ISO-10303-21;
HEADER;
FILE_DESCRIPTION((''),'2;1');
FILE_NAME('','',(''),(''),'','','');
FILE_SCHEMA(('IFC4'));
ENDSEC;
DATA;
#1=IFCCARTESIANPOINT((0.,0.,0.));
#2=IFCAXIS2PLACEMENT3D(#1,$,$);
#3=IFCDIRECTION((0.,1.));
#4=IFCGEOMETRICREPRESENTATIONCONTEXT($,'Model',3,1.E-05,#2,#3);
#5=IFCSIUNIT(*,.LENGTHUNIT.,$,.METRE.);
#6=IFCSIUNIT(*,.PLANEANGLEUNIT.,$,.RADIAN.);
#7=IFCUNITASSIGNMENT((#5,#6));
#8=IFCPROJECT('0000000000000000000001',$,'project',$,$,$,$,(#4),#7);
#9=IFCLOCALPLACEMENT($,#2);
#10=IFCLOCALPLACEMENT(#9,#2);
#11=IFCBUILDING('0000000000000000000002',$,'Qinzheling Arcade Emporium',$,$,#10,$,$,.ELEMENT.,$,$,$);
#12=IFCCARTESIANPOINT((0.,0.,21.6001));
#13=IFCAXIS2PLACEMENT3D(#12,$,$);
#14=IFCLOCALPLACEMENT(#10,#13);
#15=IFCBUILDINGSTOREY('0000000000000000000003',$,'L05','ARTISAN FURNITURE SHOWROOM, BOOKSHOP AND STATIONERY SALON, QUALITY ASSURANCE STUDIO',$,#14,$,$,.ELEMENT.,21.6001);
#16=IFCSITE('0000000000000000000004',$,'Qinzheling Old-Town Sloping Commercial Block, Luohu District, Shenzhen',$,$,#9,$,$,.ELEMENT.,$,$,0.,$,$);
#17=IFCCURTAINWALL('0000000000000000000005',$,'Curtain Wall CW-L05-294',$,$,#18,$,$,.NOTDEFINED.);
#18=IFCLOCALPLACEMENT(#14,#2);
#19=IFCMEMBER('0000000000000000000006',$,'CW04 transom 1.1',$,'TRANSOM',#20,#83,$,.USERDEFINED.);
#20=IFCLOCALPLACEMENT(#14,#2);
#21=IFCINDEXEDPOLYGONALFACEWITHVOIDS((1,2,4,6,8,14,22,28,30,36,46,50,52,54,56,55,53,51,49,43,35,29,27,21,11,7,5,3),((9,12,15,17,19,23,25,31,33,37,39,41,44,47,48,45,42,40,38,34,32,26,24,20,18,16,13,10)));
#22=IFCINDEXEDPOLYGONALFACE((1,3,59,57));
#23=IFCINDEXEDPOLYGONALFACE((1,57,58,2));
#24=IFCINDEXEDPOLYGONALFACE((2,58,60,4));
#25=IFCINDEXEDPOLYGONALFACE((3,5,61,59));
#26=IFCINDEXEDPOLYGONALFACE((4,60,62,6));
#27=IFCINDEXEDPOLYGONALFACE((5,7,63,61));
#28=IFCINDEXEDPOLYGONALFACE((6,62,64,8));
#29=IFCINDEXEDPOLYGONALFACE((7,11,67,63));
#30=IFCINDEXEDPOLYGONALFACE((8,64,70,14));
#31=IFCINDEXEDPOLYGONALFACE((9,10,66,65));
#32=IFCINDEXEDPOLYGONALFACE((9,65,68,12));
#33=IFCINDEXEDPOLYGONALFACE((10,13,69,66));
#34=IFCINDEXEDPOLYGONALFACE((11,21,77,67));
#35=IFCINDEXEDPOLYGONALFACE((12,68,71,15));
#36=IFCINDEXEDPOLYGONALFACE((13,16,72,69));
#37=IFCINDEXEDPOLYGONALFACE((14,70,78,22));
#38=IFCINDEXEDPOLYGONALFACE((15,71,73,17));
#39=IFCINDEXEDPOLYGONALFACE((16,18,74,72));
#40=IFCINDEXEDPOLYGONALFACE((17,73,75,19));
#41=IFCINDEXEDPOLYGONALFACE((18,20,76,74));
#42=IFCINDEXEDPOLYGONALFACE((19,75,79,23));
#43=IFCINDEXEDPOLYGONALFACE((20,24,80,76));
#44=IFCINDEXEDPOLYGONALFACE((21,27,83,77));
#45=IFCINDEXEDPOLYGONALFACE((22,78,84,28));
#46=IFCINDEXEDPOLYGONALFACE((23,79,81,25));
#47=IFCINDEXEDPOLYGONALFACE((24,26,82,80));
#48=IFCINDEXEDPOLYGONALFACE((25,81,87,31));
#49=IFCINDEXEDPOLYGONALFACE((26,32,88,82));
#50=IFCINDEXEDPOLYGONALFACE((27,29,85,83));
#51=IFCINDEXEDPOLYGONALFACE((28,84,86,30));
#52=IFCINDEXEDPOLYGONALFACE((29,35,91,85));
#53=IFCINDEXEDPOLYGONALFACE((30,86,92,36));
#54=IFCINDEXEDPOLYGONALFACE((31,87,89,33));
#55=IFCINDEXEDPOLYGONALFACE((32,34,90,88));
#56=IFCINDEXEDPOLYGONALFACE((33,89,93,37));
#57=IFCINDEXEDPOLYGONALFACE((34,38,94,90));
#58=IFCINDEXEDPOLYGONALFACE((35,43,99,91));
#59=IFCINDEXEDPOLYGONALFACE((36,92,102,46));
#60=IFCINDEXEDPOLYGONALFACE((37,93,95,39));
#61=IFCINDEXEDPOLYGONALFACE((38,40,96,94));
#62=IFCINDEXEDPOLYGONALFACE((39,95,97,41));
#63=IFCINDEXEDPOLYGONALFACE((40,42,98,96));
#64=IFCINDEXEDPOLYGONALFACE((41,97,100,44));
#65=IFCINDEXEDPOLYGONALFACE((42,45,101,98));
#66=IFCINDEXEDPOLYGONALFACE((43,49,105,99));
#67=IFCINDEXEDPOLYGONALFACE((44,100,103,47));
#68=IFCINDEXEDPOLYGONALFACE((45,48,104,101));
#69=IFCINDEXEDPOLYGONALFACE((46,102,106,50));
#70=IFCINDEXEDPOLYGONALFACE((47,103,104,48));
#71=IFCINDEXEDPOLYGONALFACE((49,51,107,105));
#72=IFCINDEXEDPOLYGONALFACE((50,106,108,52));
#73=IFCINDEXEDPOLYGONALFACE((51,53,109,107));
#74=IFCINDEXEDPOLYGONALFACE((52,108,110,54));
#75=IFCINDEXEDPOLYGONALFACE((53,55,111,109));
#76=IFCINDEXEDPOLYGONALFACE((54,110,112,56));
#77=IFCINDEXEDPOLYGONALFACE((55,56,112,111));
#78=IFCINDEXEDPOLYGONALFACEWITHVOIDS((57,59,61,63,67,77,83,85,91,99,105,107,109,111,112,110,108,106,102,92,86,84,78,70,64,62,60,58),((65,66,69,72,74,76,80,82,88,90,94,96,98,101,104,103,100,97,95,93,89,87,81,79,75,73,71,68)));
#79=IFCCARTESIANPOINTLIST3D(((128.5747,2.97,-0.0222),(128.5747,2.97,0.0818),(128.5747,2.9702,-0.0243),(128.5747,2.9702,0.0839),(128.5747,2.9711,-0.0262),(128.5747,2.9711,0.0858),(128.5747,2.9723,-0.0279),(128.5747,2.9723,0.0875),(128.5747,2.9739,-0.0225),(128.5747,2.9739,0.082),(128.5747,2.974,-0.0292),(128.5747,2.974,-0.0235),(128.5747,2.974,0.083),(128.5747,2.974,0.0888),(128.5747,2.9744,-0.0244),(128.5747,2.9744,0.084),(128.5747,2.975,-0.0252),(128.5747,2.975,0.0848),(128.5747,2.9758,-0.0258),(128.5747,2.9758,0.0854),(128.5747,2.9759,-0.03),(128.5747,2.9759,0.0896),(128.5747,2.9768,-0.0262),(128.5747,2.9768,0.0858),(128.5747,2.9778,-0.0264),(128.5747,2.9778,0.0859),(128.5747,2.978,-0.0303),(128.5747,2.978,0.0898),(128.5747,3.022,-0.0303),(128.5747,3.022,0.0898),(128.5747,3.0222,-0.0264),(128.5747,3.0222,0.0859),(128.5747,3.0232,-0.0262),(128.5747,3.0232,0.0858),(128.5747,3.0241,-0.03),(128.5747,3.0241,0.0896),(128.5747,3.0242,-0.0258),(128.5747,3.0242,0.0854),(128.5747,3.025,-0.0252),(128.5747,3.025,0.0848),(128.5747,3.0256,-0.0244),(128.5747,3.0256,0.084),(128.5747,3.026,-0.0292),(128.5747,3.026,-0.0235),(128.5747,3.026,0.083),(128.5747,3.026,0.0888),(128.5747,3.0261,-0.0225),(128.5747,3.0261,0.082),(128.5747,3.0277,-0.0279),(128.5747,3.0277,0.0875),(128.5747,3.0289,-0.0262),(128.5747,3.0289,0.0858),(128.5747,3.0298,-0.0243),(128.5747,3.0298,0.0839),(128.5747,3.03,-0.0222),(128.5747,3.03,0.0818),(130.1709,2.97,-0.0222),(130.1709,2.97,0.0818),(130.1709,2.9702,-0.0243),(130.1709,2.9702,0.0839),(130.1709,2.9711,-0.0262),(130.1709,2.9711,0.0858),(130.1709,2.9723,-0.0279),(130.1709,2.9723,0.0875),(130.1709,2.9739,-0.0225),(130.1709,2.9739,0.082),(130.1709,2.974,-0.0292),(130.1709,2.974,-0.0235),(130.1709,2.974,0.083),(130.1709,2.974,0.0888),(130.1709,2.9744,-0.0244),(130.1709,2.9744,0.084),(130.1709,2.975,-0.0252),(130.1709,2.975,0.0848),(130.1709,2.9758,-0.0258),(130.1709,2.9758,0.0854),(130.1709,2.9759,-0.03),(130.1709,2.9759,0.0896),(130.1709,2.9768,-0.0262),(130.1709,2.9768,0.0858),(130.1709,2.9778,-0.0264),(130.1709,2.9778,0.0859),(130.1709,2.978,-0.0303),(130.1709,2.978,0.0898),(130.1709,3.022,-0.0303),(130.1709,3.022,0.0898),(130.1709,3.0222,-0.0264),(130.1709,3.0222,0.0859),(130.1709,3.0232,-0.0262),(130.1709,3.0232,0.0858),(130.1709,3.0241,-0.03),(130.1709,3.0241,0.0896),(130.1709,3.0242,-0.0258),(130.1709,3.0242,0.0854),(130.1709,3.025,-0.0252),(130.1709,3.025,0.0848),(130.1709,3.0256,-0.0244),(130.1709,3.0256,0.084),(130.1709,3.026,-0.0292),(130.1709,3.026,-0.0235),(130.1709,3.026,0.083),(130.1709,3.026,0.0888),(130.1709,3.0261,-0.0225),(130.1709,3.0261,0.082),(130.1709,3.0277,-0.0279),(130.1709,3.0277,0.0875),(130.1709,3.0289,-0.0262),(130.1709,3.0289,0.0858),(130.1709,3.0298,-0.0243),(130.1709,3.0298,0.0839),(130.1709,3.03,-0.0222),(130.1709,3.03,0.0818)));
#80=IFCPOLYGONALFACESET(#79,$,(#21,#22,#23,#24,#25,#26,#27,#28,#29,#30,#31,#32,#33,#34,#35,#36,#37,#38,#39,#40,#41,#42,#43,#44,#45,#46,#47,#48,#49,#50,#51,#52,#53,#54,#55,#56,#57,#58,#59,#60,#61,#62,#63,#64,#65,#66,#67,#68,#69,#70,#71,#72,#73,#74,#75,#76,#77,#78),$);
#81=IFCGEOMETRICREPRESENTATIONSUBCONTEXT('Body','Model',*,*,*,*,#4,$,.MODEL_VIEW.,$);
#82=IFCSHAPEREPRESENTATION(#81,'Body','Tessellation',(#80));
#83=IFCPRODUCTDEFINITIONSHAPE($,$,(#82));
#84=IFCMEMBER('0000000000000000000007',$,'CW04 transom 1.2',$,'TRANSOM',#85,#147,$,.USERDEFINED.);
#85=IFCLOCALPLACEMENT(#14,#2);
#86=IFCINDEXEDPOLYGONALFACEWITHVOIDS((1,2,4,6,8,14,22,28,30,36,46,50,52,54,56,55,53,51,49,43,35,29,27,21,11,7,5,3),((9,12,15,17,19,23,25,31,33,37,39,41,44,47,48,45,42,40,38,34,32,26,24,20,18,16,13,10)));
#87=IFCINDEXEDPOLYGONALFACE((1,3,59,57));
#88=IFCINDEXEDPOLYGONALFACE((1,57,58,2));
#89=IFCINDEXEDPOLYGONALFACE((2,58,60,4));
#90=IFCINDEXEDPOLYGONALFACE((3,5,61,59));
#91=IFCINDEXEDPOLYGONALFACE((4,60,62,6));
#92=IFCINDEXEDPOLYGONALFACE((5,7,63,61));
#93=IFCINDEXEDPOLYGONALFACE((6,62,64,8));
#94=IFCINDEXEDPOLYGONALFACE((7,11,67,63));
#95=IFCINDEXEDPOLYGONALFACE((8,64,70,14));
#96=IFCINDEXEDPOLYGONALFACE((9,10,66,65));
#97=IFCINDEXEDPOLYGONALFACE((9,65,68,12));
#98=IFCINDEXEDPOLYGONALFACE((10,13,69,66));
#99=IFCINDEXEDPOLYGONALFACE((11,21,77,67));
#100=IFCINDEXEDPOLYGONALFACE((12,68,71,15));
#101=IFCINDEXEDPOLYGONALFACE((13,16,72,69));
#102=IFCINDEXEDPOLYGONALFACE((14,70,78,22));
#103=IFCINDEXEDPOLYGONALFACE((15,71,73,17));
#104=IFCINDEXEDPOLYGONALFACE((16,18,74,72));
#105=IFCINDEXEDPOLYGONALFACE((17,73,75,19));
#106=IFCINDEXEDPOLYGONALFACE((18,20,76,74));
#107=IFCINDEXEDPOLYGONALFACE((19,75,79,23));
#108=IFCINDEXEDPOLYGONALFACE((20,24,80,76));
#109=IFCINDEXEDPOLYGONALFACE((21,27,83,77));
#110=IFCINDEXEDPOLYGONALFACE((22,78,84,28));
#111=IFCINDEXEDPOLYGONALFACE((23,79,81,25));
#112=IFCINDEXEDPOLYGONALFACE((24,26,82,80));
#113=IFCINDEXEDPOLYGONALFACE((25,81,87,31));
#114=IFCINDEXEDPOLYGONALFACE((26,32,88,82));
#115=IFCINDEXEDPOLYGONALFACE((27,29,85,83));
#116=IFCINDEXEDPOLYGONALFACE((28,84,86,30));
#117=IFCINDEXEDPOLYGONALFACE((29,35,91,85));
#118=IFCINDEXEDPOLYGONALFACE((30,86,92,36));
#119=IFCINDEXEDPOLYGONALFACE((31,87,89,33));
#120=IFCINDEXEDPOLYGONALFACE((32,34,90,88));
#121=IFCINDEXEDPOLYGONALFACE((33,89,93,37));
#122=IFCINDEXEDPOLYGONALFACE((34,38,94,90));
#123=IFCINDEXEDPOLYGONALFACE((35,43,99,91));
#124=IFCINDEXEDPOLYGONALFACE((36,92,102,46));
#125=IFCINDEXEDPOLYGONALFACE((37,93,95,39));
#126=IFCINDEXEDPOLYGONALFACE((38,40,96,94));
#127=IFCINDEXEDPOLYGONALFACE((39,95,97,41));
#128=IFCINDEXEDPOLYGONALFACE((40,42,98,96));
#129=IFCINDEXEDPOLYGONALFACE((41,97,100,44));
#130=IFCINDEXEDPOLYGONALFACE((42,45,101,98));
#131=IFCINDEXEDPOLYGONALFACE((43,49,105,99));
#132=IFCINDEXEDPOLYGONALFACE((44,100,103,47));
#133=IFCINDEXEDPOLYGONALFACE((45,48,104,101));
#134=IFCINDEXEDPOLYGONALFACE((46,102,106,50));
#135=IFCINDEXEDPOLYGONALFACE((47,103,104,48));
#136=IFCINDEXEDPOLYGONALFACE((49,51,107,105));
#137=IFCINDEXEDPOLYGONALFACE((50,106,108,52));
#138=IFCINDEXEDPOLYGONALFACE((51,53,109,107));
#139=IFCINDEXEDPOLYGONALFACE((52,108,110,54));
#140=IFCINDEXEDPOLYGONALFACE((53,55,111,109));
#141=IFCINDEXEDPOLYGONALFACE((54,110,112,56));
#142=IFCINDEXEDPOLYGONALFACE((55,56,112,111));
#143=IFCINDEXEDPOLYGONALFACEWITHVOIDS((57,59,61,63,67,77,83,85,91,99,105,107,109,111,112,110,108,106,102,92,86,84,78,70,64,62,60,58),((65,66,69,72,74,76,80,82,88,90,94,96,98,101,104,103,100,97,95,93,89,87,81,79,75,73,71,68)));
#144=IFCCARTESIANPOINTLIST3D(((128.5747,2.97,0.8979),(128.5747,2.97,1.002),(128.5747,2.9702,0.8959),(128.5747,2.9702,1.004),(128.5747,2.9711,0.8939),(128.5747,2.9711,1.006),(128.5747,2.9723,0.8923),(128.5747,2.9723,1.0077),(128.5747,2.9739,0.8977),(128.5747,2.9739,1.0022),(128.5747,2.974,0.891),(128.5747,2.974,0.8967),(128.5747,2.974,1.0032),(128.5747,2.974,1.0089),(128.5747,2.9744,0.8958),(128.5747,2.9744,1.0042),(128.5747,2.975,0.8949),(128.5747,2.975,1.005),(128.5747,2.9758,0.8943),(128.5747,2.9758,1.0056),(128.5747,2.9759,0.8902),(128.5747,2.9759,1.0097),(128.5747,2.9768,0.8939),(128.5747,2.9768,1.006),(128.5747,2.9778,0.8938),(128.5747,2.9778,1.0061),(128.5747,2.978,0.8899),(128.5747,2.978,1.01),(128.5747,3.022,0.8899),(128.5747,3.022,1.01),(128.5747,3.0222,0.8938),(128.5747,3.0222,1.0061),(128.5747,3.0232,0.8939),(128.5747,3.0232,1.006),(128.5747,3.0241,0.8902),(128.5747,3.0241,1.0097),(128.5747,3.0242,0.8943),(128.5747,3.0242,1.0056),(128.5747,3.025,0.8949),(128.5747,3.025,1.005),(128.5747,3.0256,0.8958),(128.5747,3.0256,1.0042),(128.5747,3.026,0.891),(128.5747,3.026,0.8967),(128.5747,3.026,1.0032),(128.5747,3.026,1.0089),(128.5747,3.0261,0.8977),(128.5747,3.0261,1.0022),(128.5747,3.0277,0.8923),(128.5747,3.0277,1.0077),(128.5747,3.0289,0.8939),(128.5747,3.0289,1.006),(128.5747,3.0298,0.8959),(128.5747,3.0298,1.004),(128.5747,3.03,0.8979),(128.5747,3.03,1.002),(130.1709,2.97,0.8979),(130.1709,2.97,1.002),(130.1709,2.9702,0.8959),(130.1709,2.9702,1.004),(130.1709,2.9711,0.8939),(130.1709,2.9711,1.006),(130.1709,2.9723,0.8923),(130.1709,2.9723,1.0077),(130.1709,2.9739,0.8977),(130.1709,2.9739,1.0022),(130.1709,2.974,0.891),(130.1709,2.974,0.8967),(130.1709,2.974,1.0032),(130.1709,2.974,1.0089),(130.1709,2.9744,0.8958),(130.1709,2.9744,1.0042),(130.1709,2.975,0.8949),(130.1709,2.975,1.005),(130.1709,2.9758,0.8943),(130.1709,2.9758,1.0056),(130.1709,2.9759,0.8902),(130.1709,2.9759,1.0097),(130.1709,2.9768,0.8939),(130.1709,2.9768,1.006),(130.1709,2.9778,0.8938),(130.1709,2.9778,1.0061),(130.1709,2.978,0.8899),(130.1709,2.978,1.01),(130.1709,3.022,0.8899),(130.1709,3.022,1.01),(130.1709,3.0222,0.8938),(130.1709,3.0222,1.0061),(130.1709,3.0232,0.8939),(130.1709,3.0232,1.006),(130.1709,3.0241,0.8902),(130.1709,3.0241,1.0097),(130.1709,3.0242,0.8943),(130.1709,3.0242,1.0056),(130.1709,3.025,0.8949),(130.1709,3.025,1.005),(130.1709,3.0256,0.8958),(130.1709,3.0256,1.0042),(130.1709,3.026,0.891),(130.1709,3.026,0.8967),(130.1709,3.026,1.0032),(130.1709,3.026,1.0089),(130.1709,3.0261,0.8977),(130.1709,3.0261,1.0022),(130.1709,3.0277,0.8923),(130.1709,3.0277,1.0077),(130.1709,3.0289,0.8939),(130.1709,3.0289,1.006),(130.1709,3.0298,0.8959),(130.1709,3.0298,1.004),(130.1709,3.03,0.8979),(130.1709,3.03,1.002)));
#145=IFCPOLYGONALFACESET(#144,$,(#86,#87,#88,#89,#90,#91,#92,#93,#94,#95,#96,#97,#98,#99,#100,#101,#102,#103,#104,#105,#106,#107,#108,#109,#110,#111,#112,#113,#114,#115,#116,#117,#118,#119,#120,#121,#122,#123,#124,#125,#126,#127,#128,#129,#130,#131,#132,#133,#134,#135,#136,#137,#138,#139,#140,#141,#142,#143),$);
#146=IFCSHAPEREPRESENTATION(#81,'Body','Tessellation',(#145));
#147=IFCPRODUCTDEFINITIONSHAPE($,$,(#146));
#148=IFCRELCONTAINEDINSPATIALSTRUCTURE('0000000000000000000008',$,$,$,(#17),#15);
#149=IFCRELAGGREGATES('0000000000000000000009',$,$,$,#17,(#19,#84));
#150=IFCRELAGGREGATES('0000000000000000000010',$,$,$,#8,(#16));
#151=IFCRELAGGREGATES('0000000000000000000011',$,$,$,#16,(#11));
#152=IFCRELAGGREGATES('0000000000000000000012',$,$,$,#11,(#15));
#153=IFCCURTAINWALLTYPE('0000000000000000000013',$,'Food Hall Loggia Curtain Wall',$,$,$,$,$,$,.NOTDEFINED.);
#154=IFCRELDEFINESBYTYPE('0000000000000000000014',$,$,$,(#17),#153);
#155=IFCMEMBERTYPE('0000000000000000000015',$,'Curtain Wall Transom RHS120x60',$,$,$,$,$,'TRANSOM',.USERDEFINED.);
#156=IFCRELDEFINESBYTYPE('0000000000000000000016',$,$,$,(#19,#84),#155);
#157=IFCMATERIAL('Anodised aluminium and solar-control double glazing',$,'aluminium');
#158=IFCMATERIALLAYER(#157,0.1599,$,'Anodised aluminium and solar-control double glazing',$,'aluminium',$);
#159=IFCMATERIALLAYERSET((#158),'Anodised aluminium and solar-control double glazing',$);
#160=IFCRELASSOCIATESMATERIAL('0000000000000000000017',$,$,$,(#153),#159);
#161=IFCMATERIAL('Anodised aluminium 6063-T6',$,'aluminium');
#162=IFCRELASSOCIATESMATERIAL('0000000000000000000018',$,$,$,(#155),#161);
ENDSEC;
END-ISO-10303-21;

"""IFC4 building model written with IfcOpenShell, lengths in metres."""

from ifc_helpers import new_model, si_unit, direction, frame, origin, origin_2d, place, context, subcontext, project, spatial, hollow_rectangle, extrude, material, layer, layer_set, material_profile, profile_set, type_object, element, aggregate, save


model = new_model("IFC4")

# Units and contexts
model_context = context("Model", 3, precision=1e-05, world=origin(), true_north=direction((0.0, 1.0)))
body_context = subcontext(model_context, "Body", "Model", "MODEL_VIEW")
ifc_project = project(units=[si_unit("LENGTHUNIT", "METRE"), si_unit("PLANEANGLEUNIT", "RADIAN")], contexts=[model_context])

# Site, building, storey
site_placement = place(None, origin())
site = spatial("IfcSite", under=ifc_project, at=site_placement, Name="Qinzheling Old-Town Sloping Commercial Block, Luohu District, Shenzhen", CompositionType="ELEMENT", RefElevation=0.0)
building_placement = place(site_placement, origin())
building = spatial("IfcBuilding", under=site, at=building_placement, Name="Qinzheling Arcade Emporium", CompositionType="ELEMENT")
storey_placement = place(building_placement, frame((0.0, 0.0, 21.6001)))
storey = spatial("IfcBuildingStorey", under=building, at=storey_placement, Name="L05", Description="ARTISAN FURNITURE SHOWROOM, BOOKSHOP AND STATIONERY SALON, QUALITY ASSURANCE STUDIO", CompositionType="ELEMENT", Elevation=21.6001)

# Curtain wall, members
ifc_material_1 = material(Name="Anodised aluminium and solar-control double glazing", Category="aluminium")
ifc_layer_1 = layer(ifc_material_1, 0.1599, Name="Anodised aluminium and solar-control double glazing", Category="aluminium")
ifc_layer_set_1 = layer_set([ifc_layer_1], Name="Anodised aluminium and solar-control double glazing")
curtain_wall_type = type_object("IfcCurtainWallType", Name="Food Hall Loggia Curtain Wall", PredefinedType="NOTDEFINED", material=ifc_layer_set_1)
curtain_wall_placement = place(storey_placement, origin())
curtain_wall = element("IfcCurtainWall", 1, at=curtain_wall_placement, inside=storey, type_object=curtain_wall_type, Name="Curtain Wall CW-L05-294", PredefinedType="NOTDEFINED")
ifc_material_2 = material(Name="Anodised aluminium 6063-T6", Category="aluminium")
ifc_material_profile_1 = material_profile(ifc_material_2, hollow_rectangle(XDim=0.0601, YDim=0.1201, WallThickness=0.0039, InnerFilletRadius=0.0039, OuterFilletRadius=0.0081, at=origin_2d()), Name="RHS 120x60x4", Category="aluminium")
ifc_profile_set_1 = profile_set([ifc_material_profile_1], Name="Anodised aluminium 6063-T6")
member_type_1 = type_object("IfcMemberType", Name="Curtain Wall Transom RHS120x60", ElementType="TRANSOM", PredefinedType="USERDEFINED", material=ifc_profile_set_1)
member_1_placement = place(storey_placement, frame((130.1709, 3.0, 0.0298), z_axis=(-1.0, 0.0, 0.0), x_axis=(0.0, -1.0, 0.0)))
member_1 = element("IfcMember", 2, at=member_1_placement, type_object=member_type_1, Name="CW04 transom 1.1", ObjectType="TRANSOM", PredefinedType="USERDEFINED", context=body_context, shape_type="SweptSolid", body=[
    extrude(hollow_rectangle(XDim=0.0601, YDim=0.1201, WallThickness=0.0039, InnerFilletRadius=0.0039, OuterFilletRadius=0.0081, at=origin_2d()), origin(), (0.0, 0.0, 1.0), 1.5962),
])
member_2_placement = place(storey_placement, frame((130.1709, 3.0, 0.95), z_axis=(-1.0, 0.0, 0.0), x_axis=(0.0, -1.0, 0.0)))
member_2 = element("IfcMember", 3, at=member_2_placement, type_object=member_type_1, Name="CW04 transom 1.2", ObjectType="TRANSOM", PredefinedType="USERDEFINED", context=body_context, shape_type="SweptSolid", body=[
    extrude(hollow_rectangle(XDim=0.0601, YDim=0.1201, WallThickness=0.0039, InnerFilletRadius=0.0039, OuterFilletRadius=0.0081, at=origin_2d()), origin(), (0.0, 0.0, 1.0), 1.5962),
])

aggregate(curtain_wall, [member_1, member_2])

save(model, "model.ifc")
